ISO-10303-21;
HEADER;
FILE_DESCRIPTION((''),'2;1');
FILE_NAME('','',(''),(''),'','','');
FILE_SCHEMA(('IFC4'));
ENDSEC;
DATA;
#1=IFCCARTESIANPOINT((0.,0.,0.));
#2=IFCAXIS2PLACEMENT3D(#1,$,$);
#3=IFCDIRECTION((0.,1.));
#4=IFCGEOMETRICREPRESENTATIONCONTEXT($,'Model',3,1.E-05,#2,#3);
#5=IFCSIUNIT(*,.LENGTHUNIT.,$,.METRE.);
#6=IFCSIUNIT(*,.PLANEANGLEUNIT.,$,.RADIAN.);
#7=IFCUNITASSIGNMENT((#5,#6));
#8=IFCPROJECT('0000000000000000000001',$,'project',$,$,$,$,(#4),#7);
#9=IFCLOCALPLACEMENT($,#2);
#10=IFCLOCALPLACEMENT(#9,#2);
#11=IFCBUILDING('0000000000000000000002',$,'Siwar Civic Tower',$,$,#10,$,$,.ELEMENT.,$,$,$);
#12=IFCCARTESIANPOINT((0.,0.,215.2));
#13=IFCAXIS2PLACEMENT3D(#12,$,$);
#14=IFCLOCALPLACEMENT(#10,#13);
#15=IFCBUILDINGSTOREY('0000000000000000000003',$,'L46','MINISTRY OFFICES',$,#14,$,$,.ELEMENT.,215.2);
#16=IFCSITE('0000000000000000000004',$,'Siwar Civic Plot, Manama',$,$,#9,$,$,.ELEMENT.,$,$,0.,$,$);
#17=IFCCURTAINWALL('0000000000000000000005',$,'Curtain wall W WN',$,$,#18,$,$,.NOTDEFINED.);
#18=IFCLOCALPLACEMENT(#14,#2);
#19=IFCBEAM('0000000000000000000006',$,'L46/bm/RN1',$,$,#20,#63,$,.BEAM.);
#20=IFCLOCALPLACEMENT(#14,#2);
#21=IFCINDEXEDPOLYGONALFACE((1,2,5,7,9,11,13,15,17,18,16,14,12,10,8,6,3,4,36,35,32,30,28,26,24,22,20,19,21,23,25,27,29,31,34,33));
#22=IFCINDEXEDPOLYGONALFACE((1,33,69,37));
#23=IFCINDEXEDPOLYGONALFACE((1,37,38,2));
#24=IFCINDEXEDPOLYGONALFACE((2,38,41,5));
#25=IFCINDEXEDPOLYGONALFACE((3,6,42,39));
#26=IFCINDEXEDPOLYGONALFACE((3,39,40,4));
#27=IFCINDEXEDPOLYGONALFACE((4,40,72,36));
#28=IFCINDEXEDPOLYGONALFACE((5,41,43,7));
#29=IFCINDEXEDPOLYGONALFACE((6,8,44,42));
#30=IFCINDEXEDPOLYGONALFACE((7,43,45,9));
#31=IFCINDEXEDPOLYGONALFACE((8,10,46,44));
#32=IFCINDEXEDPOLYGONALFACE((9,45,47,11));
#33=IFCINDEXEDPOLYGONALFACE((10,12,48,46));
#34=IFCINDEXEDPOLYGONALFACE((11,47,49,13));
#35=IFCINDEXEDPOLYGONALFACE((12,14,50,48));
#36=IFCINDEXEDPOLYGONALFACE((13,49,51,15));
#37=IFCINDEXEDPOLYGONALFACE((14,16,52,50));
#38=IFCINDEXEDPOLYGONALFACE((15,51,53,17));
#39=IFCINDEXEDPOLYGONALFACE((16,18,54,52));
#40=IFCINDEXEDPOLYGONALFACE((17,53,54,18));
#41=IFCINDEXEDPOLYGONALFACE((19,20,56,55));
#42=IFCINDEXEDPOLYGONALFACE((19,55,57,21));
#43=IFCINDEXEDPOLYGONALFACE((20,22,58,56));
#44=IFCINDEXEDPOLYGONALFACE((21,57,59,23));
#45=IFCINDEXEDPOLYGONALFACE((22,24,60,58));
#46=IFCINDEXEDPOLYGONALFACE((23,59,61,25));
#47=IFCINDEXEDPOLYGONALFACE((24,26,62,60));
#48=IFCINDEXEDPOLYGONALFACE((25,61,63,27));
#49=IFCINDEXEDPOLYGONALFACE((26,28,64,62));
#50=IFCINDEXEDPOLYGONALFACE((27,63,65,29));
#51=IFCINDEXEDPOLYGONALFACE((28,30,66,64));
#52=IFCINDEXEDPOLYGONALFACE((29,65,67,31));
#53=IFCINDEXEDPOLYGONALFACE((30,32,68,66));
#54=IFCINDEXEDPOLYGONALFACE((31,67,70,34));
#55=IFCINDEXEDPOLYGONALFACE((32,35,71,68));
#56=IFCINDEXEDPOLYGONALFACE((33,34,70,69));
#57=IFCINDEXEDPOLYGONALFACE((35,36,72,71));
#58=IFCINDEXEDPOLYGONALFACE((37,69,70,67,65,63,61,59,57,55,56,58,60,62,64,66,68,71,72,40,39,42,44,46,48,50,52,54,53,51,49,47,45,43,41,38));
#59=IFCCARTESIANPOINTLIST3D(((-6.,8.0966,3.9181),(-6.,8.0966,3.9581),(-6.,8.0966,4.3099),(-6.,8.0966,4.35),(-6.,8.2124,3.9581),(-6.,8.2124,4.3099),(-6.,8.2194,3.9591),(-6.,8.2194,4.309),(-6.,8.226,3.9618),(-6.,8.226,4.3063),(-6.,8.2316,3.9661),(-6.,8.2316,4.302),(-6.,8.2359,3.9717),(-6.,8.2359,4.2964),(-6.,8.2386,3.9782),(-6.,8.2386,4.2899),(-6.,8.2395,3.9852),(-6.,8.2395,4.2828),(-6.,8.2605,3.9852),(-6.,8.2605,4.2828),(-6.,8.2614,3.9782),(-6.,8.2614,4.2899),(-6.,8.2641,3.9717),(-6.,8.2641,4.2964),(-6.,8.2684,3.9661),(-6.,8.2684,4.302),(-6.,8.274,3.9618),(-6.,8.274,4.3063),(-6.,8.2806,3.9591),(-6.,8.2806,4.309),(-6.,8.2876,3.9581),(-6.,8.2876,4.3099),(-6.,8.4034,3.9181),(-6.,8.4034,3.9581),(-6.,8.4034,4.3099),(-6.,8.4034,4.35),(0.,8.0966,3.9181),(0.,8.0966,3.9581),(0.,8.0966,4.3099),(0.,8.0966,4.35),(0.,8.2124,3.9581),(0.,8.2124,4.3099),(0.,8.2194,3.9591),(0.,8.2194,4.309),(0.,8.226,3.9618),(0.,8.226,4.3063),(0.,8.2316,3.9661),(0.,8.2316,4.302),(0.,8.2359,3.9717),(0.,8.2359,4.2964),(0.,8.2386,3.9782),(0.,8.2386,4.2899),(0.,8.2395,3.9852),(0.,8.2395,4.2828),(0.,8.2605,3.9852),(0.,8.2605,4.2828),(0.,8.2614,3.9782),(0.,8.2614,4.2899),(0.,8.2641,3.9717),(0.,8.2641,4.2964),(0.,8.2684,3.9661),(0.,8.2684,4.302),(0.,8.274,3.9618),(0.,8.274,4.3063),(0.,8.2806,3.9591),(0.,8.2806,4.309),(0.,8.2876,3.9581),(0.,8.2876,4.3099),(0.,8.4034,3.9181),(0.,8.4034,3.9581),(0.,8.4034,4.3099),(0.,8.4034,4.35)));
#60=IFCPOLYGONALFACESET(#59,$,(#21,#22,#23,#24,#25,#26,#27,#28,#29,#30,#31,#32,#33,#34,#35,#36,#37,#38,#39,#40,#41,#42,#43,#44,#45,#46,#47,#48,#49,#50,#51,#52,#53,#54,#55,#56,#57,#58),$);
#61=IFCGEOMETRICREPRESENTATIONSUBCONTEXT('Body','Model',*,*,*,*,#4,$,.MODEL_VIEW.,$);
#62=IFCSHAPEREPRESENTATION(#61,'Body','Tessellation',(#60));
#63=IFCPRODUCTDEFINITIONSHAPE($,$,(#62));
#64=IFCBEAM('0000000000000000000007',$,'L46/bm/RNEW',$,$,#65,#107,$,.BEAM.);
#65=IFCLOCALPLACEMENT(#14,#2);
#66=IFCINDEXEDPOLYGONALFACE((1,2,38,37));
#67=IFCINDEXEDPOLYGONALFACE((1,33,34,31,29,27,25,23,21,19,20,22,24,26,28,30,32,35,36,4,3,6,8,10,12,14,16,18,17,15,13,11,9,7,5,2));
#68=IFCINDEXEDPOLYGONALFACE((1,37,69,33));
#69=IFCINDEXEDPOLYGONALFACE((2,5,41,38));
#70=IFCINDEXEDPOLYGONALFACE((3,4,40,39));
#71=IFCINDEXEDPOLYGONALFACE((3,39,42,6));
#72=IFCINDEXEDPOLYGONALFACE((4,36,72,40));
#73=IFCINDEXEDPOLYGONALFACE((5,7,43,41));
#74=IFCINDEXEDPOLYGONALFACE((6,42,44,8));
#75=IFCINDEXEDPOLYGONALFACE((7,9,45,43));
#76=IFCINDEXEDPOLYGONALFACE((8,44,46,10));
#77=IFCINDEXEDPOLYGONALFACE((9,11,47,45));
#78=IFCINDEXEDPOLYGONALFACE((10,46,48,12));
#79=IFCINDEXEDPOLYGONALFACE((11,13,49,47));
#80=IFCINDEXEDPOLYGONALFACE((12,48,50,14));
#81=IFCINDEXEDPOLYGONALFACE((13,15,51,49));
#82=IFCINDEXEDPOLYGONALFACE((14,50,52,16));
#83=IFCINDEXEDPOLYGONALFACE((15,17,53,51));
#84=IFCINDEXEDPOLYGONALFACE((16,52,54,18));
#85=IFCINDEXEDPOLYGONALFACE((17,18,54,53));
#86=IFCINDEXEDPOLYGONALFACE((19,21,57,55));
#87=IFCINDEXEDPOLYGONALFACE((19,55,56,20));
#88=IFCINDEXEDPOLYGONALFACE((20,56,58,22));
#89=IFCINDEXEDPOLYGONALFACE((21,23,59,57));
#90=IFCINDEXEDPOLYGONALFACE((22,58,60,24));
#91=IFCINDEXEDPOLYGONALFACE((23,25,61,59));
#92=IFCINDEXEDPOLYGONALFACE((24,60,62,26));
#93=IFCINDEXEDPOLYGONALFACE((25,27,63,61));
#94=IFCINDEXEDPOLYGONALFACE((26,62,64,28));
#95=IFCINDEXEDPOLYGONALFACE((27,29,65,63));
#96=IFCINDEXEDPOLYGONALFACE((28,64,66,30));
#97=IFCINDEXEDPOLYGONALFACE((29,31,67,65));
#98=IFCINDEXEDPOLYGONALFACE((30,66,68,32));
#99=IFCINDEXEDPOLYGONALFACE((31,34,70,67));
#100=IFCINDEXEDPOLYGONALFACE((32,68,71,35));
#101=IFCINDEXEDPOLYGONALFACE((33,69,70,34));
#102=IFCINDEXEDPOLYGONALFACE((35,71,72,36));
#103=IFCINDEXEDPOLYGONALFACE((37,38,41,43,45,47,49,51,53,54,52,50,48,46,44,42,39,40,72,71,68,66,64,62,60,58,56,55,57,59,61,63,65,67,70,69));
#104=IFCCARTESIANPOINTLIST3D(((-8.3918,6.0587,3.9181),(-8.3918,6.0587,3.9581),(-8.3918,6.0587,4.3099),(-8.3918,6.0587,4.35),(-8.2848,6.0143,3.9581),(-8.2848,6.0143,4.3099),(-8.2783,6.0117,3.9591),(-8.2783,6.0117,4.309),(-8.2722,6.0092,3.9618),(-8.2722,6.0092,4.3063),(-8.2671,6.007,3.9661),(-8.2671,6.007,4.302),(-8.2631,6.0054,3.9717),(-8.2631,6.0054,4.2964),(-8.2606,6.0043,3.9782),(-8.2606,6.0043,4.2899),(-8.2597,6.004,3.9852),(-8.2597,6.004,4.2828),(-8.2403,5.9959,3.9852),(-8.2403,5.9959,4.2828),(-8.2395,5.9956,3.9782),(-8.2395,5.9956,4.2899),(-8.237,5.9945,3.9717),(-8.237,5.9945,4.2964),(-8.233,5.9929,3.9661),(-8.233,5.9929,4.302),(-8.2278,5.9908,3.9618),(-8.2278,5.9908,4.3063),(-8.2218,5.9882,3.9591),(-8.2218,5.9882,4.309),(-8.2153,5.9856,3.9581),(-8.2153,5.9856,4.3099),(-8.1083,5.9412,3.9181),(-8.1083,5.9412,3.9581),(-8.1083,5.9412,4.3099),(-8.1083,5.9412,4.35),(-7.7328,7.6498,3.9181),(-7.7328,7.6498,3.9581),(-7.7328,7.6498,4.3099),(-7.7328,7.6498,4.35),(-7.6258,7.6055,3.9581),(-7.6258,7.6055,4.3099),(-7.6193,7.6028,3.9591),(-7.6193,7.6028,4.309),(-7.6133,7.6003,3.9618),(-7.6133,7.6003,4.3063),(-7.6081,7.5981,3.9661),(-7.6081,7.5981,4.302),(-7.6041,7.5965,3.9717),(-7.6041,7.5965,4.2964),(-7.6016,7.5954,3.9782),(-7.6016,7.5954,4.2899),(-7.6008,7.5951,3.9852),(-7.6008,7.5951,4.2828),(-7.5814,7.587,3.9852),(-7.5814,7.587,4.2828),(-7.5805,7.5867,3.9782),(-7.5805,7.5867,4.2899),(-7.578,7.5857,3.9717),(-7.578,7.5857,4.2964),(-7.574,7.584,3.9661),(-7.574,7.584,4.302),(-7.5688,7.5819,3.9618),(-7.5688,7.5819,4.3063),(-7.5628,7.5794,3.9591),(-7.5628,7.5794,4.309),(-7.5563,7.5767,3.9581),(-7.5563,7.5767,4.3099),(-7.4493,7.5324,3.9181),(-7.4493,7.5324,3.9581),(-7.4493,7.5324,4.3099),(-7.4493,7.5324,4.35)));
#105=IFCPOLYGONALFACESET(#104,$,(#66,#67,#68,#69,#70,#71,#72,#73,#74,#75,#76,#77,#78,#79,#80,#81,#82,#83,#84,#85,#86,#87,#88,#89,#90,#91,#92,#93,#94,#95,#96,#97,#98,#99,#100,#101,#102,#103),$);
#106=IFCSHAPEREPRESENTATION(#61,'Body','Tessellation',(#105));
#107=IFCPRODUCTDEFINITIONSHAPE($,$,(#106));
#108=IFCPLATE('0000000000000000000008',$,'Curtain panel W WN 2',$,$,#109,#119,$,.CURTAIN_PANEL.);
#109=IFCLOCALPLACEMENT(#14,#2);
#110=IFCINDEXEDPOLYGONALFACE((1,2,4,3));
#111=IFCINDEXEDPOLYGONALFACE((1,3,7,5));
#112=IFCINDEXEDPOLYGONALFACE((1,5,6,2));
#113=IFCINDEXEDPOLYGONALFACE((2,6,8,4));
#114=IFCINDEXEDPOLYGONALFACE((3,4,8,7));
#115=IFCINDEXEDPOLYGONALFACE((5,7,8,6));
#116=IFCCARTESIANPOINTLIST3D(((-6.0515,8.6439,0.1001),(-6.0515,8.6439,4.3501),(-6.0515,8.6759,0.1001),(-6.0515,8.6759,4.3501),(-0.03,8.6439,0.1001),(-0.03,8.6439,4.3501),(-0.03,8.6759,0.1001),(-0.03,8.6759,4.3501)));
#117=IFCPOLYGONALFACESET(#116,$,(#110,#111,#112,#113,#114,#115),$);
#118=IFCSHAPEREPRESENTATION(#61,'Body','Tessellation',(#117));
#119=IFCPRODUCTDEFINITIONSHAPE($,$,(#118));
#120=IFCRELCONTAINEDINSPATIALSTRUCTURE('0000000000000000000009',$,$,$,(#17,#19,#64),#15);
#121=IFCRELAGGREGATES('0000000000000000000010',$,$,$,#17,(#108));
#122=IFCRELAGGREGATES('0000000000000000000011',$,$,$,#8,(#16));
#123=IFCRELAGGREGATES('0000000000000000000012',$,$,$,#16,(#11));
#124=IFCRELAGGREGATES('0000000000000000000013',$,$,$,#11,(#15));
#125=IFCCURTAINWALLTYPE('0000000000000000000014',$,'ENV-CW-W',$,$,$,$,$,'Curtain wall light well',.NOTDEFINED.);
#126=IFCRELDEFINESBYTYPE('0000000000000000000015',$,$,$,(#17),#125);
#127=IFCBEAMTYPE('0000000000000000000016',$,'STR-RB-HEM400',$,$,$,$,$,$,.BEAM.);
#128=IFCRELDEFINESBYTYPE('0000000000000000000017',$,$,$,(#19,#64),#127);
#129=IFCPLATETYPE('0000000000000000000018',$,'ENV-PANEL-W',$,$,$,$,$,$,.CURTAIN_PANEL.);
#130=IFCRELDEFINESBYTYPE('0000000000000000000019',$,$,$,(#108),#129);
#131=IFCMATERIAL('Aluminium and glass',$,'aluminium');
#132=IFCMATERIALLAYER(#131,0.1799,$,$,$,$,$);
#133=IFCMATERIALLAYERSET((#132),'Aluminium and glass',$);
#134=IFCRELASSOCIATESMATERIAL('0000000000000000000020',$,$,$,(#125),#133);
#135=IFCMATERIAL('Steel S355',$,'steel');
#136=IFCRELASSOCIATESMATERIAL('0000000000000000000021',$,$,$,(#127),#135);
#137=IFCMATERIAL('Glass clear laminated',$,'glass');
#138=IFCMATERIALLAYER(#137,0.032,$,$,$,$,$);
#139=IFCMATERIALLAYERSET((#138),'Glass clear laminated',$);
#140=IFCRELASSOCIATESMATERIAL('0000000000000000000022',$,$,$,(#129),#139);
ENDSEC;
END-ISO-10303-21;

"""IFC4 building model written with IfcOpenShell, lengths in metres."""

from ifc_helpers import new_model, si_unit, direction, frame, origin, origin_2d, place, context, subcontext, project, spatial, rectangle, i_section, extrude, material, layer, layer_set, material_profile, profile_set, type_object, element, aggregate, save


model = new_model("IFC4")

# Units and contexts
model_context = context("Model", 3, precision=1e-05, world=origin(), true_north=direction((0.0, 1.0)))
body_context = subcontext(model_context, "Body", "Model", "MODEL_VIEW")
ifc_project = project(units=[si_unit("LENGTHUNIT", "METRE"), si_unit("PLANEANGLEUNIT", "RADIAN")], contexts=[model_context])

# Site, building, storey
site_placement = place(None, origin())
site = spatial("IfcSite", under=ifc_project, at=site_placement, Name="Siwar Civic Plot, Manama", CompositionType="ELEMENT", RefElevation=0.0)
building_placement = place(site_placement, origin())
building = spatial("IfcBuilding", under=site, at=building_placement, Name="Siwar Civic Tower", CompositionType="ELEMENT")
storey_placement = place(building_placement, frame((0.0, 0.0, 215.2)))
storey = spatial("IfcBuildingStorey", under=building, at=storey_placement, Name="L46", Description="MINISTRY OFFICES", CompositionType="ELEMENT", Elevation=215.2)

# Curtain wall
ifc_material_1 = material(Name="Aluminium and glass", Category="aluminium")
ifc_layer_1 = layer(ifc_material_1, 0.1799)
ifc_layer_set_1 = layer_set([ifc_layer_1], Name="Aluminium and glass")
curtain_wall_type = type_object("IfcCurtainWallType", Name="ENV-CW-W", ElementType="Curtain wall light well", PredefinedType="NOTDEFINED", material=ifc_layer_set_1)
curtain_wall_placement = place(storey_placement, origin())
curtain_wall = element("IfcCurtainWall", 1, at=curtain_wall_placement, inside=storey, type_object=curtain_wall_type, Name="Curtain wall W WN", PredefinedType="NOTDEFINED")

# Beams
ifc_material_2 = material(Name="Steel S355", Category="steel")
ifc_material_profile_1 = material_profile(ifc_material_2, i_section(OverallWidth=0.3069, OverallDepth=0.4319, WebThickness=0.021, FlangeThickness=0.04, FilletRadius=0.0271, at=origin_2d()), Name="HEM400")
ifc_profile_set_1 = profile_set([ifc_material_profile_1], Name="Steel S355")
beam_type_1 = type_object("IfcBeamType", Name="STR-RB-HEM400", PredefinedType="BEAM", material=ifc_profile_set_1)
beam_1_placement = place(storey_placement, frame((-6.0, 8.25, 4.134), z_axis=(1.0, 0.0, 0.0), x_axis=(0.0, 1.0, 0.0)))
element("IfcBeam", 2, at=beam_1_placement, inside=storey, type_object=beam_type_1, Name="L46/bm/RN1", PredefinedType="BEAM", context=body_context, shape_type="SweptSolid", body=[
    extrude(i_section(OverallWidth=0.3069, OverallDepth=0.4319, WebThickness=0.021, FlangeThickness=0.04, FilletRadius=0.0271, at=origin_2d()), origin(), (0.0, 0.0, 1.0), 6.0),
])
beam_2_placement = place(storey_placement, frame((-7.5911, 7.5911, 4.134), z_axis=(-0.382631, -0.923901, 0.0), x_axis=(0.923901, -0.382631, 0.0)))
element("IfcBeam", 3, at=beam_2_placement, inside=storey, type_object=beam_type_1, Name="L46/bm/RNEW", PredefinedType="BEAM", context=body_context, shape_type="SweptSolid", body=[
    extrude(i_section(OverallWidth=0.3069, OverallDepth=0.4319, WebThickness=0.021, FlangeThickness=0.04, FilletRadius=0.0271, at=origin_2d()), origin(), (0.0, 0.0, 1.0), 1.7222),
])

# Plate
ifc_material_3 = material(Name="Glass clear laminated", Category="glass")
ifc_layer_2 = layer(ifc_material_3, 0.032)
ifc_layer_set_2 = layer_set([ifc_layer_2], Name="Glass clear laminated")
plate_type = type_object("IfcPlateType", Name="ENV-PANEL-W", PredefinedType="CURTAIN_PANEL", material=ifc_layer_set_2)
plate_placement = place(storey_placement, frame((-3.0408, 8.6599, 0.1001), z_axis=(0.0, 0.0, 1.0), x_axis=(-1.0, 0.0, 0.0)))
plate = element("IfcPlate", 4, at=plate_placement, type_object=plate_type, Name="Curtain panel W WN 2", PredefinedType="CURTAIN_PANEL", context=body_context, shape_type="SweptSolid", body=[
    extrude(rectangle(XDim=6.0215, YDim=0.032, at=origin_2d()), origin(), (0.0, 0.0, 1.0), 4.25),
])
aggregate(curtain_wall, [plate])

save(model, "model.ifc")
